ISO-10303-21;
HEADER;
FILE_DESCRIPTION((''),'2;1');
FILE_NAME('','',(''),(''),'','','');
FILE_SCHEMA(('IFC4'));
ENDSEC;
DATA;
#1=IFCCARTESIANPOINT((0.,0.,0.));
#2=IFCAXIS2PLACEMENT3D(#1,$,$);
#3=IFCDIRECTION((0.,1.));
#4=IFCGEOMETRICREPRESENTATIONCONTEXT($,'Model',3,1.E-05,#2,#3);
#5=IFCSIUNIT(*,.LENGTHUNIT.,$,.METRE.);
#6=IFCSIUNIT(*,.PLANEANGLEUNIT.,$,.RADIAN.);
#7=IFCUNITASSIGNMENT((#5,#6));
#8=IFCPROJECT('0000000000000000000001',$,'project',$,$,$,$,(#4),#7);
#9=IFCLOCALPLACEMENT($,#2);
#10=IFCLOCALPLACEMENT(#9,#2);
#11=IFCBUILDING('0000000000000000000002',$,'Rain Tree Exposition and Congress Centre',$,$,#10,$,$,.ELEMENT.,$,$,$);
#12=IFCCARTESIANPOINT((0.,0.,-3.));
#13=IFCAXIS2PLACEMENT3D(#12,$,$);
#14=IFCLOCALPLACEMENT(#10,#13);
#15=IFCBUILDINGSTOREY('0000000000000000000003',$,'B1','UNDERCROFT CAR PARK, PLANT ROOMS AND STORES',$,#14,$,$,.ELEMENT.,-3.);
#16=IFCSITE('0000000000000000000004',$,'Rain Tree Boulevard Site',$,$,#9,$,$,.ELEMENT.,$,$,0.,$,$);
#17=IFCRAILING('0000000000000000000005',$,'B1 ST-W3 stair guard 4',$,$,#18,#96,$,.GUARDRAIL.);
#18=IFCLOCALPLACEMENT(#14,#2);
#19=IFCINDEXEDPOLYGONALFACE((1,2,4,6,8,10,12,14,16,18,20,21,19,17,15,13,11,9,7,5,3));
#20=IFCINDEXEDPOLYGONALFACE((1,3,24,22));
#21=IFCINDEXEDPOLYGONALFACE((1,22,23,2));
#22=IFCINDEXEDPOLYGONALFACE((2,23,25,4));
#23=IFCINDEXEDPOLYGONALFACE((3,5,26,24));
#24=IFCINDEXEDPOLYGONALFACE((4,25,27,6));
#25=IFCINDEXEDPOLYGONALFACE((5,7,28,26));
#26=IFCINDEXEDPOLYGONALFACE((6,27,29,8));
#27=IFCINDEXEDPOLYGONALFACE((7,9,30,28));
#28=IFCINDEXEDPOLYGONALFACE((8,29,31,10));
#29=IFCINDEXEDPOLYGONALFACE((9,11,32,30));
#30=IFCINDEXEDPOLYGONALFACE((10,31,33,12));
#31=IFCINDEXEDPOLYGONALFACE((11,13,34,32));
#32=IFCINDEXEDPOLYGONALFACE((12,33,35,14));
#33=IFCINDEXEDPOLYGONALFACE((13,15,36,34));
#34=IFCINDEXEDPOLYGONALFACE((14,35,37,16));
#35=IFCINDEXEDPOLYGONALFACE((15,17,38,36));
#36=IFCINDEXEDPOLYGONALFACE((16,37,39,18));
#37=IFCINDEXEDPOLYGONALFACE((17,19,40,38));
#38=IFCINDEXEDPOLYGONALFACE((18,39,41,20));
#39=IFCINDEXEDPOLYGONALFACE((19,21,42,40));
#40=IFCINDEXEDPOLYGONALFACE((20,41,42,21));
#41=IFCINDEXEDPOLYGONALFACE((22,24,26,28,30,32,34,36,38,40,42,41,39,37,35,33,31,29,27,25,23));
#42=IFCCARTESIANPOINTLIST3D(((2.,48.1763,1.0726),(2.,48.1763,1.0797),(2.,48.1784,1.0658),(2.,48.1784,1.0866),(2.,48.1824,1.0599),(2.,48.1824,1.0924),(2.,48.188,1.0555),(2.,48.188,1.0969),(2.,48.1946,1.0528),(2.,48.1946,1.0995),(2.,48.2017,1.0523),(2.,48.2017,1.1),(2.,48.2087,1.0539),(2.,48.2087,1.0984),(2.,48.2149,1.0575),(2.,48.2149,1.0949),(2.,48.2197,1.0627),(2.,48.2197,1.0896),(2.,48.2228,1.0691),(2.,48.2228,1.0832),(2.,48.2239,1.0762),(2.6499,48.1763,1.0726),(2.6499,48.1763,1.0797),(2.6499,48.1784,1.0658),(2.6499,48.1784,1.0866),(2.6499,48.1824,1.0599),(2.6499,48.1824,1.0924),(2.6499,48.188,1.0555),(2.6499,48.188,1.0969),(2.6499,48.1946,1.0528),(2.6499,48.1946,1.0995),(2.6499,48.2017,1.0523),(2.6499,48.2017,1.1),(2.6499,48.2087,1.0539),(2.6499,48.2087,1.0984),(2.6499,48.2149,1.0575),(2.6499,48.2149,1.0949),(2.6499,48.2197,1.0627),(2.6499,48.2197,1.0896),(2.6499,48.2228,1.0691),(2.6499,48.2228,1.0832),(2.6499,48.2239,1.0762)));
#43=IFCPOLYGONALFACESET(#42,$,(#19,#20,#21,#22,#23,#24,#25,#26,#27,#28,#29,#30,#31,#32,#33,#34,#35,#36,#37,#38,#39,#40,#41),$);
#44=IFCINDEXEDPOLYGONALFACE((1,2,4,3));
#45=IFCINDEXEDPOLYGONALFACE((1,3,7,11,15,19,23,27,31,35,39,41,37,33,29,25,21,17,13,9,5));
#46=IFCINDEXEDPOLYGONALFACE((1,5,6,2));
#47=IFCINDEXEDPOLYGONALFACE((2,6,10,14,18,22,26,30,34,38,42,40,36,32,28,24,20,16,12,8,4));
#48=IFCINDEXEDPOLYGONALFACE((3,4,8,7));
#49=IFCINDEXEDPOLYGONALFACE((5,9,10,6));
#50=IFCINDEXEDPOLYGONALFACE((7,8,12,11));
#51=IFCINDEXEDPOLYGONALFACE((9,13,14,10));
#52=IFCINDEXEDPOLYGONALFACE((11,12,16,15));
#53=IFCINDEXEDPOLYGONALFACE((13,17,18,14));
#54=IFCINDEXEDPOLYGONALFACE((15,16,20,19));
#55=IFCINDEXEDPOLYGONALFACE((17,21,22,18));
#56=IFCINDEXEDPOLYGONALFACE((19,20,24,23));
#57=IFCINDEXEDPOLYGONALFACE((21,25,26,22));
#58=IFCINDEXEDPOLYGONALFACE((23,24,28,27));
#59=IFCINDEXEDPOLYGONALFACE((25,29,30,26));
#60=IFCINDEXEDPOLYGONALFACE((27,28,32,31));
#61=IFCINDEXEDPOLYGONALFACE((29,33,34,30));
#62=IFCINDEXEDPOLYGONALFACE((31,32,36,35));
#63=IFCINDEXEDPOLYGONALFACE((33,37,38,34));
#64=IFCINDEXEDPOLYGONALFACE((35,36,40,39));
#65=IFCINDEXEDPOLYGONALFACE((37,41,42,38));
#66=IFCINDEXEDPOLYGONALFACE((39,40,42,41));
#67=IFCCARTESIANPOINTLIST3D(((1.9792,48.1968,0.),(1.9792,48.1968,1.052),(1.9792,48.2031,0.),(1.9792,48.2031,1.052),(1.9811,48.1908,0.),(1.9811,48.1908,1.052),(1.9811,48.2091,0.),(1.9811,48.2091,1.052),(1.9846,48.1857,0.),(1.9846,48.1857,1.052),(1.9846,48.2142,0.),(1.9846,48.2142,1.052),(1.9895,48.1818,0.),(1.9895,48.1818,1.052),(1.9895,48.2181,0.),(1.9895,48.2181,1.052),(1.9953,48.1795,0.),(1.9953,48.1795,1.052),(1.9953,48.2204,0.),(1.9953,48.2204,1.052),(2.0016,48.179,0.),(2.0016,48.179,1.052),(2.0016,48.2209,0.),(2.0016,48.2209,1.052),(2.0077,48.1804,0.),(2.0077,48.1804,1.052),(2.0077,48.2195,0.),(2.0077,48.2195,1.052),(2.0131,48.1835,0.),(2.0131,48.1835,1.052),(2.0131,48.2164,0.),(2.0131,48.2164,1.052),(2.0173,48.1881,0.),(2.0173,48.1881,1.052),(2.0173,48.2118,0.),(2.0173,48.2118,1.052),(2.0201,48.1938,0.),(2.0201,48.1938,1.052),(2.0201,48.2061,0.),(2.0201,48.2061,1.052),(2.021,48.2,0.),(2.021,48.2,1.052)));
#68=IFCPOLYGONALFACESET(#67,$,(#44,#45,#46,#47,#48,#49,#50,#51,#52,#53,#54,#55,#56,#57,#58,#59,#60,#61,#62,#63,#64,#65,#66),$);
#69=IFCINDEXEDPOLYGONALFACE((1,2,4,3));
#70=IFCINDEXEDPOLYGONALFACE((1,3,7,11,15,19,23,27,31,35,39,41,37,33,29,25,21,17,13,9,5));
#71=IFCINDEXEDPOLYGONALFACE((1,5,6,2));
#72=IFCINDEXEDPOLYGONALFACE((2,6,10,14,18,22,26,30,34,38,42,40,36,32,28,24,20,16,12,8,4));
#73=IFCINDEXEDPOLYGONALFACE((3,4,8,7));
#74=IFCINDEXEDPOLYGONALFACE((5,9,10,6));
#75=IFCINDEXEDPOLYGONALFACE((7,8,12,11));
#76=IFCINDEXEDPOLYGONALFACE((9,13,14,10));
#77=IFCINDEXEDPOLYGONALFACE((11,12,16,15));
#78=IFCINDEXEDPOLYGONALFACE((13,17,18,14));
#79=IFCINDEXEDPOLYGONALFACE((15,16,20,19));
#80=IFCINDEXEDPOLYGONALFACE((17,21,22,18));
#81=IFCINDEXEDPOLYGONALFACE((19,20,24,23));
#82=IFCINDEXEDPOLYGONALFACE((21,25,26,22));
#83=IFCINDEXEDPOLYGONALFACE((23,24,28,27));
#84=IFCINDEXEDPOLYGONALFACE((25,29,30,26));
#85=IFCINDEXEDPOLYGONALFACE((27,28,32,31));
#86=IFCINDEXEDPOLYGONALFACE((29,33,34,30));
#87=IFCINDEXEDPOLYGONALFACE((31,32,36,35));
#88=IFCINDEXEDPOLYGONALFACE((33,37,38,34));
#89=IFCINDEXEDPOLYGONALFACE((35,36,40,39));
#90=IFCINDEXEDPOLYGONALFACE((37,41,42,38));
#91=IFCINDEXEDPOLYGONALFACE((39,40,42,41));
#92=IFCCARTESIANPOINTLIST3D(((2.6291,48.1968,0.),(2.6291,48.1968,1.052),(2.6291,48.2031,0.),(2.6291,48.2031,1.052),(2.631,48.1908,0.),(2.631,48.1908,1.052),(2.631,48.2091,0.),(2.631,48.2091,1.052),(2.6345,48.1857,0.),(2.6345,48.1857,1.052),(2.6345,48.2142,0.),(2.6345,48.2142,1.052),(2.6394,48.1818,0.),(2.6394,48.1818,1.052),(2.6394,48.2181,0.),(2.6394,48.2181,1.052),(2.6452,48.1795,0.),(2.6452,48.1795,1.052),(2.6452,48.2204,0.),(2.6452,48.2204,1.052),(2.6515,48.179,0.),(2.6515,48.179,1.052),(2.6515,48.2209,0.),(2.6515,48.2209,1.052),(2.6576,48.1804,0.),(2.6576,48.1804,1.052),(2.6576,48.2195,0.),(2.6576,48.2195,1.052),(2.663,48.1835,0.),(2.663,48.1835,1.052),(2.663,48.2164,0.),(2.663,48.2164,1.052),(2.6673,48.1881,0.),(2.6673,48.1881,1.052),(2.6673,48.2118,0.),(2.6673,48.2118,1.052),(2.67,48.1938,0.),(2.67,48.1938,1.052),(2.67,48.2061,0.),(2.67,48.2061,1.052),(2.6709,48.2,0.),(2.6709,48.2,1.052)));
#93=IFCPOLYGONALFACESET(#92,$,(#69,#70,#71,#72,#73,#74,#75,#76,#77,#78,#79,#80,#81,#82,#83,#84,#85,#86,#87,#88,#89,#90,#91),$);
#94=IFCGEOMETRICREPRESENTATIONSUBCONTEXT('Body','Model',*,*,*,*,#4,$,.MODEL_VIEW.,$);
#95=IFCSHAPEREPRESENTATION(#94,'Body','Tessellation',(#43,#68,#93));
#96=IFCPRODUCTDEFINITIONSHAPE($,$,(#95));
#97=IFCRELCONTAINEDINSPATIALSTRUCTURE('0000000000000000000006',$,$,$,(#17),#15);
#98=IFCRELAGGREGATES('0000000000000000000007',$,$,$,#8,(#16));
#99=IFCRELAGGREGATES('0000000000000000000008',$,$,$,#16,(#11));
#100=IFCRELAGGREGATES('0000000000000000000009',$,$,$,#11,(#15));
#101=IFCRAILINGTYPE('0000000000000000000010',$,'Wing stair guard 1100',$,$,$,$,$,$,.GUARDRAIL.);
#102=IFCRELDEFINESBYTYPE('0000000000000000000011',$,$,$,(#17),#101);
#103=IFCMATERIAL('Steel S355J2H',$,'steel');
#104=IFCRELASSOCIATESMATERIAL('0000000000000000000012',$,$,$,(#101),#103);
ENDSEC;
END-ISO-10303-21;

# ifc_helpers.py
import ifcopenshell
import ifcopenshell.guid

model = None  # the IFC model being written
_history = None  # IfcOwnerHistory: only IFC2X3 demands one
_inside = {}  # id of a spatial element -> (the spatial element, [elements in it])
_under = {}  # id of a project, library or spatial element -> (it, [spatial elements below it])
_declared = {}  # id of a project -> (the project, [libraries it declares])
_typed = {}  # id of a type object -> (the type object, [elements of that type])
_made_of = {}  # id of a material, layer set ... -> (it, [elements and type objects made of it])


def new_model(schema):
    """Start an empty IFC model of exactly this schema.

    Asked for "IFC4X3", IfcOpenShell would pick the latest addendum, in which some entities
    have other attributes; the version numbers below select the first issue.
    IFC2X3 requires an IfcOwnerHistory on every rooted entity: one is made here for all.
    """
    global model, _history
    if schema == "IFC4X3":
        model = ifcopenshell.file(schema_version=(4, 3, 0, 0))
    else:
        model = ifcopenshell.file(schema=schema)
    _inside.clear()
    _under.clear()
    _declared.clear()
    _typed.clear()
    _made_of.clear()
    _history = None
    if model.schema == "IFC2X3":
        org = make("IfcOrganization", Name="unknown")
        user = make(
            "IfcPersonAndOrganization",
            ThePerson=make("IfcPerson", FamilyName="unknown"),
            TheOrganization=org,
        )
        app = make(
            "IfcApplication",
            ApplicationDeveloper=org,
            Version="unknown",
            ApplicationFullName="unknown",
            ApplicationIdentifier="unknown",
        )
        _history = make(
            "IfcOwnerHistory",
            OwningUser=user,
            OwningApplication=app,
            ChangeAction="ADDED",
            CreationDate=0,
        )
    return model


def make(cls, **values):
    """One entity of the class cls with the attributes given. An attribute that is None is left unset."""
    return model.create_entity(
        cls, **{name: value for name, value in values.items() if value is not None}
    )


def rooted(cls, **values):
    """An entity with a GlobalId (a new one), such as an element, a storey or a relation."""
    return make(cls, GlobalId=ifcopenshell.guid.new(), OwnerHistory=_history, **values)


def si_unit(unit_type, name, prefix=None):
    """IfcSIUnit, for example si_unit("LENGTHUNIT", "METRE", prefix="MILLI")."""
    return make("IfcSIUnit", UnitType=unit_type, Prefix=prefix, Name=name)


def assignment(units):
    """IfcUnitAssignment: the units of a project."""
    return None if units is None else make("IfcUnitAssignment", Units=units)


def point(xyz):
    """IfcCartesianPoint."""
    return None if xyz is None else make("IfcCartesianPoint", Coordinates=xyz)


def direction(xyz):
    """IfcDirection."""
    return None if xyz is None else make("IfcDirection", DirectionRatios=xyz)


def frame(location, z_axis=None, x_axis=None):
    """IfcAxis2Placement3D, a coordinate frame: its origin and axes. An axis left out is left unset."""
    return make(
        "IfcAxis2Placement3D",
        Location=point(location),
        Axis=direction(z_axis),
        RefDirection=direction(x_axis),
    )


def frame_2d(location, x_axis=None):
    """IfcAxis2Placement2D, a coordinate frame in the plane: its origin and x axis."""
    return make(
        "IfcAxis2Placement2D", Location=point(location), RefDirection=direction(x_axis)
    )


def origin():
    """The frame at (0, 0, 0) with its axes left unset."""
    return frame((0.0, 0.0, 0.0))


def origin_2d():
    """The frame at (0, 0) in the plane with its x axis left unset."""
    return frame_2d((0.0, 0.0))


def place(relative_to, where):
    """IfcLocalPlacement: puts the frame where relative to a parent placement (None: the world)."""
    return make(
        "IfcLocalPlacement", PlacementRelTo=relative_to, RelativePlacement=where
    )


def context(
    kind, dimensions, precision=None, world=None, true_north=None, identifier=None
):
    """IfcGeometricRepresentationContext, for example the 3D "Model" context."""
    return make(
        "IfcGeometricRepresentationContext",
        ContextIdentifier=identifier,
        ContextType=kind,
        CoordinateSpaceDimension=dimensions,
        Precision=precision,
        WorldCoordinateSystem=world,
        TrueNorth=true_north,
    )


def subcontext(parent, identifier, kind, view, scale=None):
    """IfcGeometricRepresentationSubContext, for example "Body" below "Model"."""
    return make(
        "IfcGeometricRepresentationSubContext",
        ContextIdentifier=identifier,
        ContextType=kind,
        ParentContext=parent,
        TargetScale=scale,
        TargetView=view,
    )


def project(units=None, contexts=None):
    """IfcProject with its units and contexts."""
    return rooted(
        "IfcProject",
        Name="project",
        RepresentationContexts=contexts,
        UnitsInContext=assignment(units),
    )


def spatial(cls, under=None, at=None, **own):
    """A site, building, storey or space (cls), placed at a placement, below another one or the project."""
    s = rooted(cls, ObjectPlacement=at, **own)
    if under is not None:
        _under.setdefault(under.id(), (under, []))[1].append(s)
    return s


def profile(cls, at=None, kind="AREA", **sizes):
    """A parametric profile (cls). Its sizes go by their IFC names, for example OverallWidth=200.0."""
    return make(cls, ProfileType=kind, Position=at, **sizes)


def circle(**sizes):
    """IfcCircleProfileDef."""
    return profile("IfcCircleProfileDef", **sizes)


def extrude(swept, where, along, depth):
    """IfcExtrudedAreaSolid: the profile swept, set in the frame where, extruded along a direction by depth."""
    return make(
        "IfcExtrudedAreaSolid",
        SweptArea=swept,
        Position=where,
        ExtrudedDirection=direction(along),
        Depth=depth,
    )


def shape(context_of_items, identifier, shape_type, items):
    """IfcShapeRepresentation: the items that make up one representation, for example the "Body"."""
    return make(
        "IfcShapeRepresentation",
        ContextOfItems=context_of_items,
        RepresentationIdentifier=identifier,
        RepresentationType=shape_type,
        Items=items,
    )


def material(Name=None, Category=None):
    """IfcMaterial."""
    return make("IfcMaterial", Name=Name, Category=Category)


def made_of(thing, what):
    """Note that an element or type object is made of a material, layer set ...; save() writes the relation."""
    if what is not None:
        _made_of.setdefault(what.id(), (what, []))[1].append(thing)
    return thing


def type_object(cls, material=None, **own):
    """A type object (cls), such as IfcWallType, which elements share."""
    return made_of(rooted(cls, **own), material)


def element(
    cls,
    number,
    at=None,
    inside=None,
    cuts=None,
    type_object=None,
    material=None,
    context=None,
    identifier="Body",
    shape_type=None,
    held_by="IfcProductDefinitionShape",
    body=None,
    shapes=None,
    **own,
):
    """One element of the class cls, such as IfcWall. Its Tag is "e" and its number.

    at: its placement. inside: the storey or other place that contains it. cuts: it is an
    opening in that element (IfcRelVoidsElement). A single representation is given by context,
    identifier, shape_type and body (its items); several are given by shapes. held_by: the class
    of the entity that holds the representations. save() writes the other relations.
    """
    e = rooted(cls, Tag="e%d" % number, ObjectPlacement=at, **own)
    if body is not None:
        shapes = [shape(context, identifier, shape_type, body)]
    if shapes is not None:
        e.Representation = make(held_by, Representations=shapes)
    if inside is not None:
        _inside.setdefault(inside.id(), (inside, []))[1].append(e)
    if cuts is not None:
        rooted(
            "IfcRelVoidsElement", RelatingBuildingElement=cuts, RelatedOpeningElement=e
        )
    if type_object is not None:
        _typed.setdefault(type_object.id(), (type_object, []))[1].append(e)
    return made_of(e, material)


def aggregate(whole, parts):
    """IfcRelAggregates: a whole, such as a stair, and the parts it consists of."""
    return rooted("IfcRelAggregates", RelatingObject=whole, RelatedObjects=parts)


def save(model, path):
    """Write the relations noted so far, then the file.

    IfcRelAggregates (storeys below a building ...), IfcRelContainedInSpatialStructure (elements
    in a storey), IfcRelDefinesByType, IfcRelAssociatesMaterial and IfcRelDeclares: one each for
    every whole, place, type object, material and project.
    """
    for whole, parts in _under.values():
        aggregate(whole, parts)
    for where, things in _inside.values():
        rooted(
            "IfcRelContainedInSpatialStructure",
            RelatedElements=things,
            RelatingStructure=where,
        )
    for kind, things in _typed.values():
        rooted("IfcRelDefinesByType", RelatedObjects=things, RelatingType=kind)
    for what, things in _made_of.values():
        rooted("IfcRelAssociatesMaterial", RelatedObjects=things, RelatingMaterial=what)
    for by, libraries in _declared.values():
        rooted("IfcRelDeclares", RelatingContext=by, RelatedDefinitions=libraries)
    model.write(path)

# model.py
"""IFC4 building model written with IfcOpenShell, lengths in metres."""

from ifc_helpers import new_model, si_unit, direction, frame, origin, origin_2d, place, context, subcontext, project, spatial, circle, extrude, material, type_object, element, save


model = new_model("IFC4")

# Units and contexts
model_context = context("Model", 3, precision=1e-05, world=origin(), true_north=direction((0.0, 1.0)))
body_context = subcontext(model_context, "Body", "Model", "MODEL_VIEW")
ifc_project = project(units=[si_unit("LENGTHUNIT", "METRE"), si_unit("PLANEANGLEUNIT", "RADIAN")], contexts=[model_context])

# Site, building, storey
site_placement = place(None, origin())
site = spatial("IfcSite", under=ifc_project, at=site_placement, Name="Rain Tree Boulevard Site", CompositionType="ELEMENT", RefElevation=0.0)
building_placement = place(site_placement, origin())
building = spatial("IfcBuilding", under=site, at=building_placement, Name="Rain Tree Exposition and Congress Centre", CompositionType="ELEMENT")
storey_placement = place(building_placement, frame((0.0, 0.0, -3.0)))
storey = spatial("IfcBuildingStorey", under=building, at=storey_placement, Name="B1", Description="UNDERCROFT CAR PARK, PLANT ROOMS AND STORES", CompositionType="ELEMENT", Elevation=-3.0)

# Railing
ifc_material_1 = material(Name="Steel S355J2H", Category="steel")
railing_type_1 = type_object("IfcRailingType", Name="Wing stair guard 1100", PredefinedType="GUARDRAIL", material=ifc_material_1)
railing_1_placement = place(storey_placement, frame((2.0, 48.2, 0.0)))
element("IfcRailing", 1, at=railing_1_placement, inside=storey, type_object=railing_type_1, Name="B1 ST-W3 stair guard 4", PredefinedType="GUARDRAIL", context=body_context, shape_type="SweptSolid", body=[
    extrude(circle(Radius=0.0239, at=origin_2d()), frame((0.0, 0.0, 1.0762), z_axis=(1.0, 0.0, 0.0), x_axis=(0.0, 1.0, 0.0)), (0.0, 0.0, 1.0), 0.6499),
    extrude(circle(Radius=0.021, at=origin_2d()), origin(), (0.0, 0.0, 1.0), 1.052),
    extrude(circle(Radius=0.021, at=origin_2d()), frame((0.6499, 0.0, 0.0)), (0.0, 0.0, 1.0), 1.052),
])

save(model, "model.ifc")
